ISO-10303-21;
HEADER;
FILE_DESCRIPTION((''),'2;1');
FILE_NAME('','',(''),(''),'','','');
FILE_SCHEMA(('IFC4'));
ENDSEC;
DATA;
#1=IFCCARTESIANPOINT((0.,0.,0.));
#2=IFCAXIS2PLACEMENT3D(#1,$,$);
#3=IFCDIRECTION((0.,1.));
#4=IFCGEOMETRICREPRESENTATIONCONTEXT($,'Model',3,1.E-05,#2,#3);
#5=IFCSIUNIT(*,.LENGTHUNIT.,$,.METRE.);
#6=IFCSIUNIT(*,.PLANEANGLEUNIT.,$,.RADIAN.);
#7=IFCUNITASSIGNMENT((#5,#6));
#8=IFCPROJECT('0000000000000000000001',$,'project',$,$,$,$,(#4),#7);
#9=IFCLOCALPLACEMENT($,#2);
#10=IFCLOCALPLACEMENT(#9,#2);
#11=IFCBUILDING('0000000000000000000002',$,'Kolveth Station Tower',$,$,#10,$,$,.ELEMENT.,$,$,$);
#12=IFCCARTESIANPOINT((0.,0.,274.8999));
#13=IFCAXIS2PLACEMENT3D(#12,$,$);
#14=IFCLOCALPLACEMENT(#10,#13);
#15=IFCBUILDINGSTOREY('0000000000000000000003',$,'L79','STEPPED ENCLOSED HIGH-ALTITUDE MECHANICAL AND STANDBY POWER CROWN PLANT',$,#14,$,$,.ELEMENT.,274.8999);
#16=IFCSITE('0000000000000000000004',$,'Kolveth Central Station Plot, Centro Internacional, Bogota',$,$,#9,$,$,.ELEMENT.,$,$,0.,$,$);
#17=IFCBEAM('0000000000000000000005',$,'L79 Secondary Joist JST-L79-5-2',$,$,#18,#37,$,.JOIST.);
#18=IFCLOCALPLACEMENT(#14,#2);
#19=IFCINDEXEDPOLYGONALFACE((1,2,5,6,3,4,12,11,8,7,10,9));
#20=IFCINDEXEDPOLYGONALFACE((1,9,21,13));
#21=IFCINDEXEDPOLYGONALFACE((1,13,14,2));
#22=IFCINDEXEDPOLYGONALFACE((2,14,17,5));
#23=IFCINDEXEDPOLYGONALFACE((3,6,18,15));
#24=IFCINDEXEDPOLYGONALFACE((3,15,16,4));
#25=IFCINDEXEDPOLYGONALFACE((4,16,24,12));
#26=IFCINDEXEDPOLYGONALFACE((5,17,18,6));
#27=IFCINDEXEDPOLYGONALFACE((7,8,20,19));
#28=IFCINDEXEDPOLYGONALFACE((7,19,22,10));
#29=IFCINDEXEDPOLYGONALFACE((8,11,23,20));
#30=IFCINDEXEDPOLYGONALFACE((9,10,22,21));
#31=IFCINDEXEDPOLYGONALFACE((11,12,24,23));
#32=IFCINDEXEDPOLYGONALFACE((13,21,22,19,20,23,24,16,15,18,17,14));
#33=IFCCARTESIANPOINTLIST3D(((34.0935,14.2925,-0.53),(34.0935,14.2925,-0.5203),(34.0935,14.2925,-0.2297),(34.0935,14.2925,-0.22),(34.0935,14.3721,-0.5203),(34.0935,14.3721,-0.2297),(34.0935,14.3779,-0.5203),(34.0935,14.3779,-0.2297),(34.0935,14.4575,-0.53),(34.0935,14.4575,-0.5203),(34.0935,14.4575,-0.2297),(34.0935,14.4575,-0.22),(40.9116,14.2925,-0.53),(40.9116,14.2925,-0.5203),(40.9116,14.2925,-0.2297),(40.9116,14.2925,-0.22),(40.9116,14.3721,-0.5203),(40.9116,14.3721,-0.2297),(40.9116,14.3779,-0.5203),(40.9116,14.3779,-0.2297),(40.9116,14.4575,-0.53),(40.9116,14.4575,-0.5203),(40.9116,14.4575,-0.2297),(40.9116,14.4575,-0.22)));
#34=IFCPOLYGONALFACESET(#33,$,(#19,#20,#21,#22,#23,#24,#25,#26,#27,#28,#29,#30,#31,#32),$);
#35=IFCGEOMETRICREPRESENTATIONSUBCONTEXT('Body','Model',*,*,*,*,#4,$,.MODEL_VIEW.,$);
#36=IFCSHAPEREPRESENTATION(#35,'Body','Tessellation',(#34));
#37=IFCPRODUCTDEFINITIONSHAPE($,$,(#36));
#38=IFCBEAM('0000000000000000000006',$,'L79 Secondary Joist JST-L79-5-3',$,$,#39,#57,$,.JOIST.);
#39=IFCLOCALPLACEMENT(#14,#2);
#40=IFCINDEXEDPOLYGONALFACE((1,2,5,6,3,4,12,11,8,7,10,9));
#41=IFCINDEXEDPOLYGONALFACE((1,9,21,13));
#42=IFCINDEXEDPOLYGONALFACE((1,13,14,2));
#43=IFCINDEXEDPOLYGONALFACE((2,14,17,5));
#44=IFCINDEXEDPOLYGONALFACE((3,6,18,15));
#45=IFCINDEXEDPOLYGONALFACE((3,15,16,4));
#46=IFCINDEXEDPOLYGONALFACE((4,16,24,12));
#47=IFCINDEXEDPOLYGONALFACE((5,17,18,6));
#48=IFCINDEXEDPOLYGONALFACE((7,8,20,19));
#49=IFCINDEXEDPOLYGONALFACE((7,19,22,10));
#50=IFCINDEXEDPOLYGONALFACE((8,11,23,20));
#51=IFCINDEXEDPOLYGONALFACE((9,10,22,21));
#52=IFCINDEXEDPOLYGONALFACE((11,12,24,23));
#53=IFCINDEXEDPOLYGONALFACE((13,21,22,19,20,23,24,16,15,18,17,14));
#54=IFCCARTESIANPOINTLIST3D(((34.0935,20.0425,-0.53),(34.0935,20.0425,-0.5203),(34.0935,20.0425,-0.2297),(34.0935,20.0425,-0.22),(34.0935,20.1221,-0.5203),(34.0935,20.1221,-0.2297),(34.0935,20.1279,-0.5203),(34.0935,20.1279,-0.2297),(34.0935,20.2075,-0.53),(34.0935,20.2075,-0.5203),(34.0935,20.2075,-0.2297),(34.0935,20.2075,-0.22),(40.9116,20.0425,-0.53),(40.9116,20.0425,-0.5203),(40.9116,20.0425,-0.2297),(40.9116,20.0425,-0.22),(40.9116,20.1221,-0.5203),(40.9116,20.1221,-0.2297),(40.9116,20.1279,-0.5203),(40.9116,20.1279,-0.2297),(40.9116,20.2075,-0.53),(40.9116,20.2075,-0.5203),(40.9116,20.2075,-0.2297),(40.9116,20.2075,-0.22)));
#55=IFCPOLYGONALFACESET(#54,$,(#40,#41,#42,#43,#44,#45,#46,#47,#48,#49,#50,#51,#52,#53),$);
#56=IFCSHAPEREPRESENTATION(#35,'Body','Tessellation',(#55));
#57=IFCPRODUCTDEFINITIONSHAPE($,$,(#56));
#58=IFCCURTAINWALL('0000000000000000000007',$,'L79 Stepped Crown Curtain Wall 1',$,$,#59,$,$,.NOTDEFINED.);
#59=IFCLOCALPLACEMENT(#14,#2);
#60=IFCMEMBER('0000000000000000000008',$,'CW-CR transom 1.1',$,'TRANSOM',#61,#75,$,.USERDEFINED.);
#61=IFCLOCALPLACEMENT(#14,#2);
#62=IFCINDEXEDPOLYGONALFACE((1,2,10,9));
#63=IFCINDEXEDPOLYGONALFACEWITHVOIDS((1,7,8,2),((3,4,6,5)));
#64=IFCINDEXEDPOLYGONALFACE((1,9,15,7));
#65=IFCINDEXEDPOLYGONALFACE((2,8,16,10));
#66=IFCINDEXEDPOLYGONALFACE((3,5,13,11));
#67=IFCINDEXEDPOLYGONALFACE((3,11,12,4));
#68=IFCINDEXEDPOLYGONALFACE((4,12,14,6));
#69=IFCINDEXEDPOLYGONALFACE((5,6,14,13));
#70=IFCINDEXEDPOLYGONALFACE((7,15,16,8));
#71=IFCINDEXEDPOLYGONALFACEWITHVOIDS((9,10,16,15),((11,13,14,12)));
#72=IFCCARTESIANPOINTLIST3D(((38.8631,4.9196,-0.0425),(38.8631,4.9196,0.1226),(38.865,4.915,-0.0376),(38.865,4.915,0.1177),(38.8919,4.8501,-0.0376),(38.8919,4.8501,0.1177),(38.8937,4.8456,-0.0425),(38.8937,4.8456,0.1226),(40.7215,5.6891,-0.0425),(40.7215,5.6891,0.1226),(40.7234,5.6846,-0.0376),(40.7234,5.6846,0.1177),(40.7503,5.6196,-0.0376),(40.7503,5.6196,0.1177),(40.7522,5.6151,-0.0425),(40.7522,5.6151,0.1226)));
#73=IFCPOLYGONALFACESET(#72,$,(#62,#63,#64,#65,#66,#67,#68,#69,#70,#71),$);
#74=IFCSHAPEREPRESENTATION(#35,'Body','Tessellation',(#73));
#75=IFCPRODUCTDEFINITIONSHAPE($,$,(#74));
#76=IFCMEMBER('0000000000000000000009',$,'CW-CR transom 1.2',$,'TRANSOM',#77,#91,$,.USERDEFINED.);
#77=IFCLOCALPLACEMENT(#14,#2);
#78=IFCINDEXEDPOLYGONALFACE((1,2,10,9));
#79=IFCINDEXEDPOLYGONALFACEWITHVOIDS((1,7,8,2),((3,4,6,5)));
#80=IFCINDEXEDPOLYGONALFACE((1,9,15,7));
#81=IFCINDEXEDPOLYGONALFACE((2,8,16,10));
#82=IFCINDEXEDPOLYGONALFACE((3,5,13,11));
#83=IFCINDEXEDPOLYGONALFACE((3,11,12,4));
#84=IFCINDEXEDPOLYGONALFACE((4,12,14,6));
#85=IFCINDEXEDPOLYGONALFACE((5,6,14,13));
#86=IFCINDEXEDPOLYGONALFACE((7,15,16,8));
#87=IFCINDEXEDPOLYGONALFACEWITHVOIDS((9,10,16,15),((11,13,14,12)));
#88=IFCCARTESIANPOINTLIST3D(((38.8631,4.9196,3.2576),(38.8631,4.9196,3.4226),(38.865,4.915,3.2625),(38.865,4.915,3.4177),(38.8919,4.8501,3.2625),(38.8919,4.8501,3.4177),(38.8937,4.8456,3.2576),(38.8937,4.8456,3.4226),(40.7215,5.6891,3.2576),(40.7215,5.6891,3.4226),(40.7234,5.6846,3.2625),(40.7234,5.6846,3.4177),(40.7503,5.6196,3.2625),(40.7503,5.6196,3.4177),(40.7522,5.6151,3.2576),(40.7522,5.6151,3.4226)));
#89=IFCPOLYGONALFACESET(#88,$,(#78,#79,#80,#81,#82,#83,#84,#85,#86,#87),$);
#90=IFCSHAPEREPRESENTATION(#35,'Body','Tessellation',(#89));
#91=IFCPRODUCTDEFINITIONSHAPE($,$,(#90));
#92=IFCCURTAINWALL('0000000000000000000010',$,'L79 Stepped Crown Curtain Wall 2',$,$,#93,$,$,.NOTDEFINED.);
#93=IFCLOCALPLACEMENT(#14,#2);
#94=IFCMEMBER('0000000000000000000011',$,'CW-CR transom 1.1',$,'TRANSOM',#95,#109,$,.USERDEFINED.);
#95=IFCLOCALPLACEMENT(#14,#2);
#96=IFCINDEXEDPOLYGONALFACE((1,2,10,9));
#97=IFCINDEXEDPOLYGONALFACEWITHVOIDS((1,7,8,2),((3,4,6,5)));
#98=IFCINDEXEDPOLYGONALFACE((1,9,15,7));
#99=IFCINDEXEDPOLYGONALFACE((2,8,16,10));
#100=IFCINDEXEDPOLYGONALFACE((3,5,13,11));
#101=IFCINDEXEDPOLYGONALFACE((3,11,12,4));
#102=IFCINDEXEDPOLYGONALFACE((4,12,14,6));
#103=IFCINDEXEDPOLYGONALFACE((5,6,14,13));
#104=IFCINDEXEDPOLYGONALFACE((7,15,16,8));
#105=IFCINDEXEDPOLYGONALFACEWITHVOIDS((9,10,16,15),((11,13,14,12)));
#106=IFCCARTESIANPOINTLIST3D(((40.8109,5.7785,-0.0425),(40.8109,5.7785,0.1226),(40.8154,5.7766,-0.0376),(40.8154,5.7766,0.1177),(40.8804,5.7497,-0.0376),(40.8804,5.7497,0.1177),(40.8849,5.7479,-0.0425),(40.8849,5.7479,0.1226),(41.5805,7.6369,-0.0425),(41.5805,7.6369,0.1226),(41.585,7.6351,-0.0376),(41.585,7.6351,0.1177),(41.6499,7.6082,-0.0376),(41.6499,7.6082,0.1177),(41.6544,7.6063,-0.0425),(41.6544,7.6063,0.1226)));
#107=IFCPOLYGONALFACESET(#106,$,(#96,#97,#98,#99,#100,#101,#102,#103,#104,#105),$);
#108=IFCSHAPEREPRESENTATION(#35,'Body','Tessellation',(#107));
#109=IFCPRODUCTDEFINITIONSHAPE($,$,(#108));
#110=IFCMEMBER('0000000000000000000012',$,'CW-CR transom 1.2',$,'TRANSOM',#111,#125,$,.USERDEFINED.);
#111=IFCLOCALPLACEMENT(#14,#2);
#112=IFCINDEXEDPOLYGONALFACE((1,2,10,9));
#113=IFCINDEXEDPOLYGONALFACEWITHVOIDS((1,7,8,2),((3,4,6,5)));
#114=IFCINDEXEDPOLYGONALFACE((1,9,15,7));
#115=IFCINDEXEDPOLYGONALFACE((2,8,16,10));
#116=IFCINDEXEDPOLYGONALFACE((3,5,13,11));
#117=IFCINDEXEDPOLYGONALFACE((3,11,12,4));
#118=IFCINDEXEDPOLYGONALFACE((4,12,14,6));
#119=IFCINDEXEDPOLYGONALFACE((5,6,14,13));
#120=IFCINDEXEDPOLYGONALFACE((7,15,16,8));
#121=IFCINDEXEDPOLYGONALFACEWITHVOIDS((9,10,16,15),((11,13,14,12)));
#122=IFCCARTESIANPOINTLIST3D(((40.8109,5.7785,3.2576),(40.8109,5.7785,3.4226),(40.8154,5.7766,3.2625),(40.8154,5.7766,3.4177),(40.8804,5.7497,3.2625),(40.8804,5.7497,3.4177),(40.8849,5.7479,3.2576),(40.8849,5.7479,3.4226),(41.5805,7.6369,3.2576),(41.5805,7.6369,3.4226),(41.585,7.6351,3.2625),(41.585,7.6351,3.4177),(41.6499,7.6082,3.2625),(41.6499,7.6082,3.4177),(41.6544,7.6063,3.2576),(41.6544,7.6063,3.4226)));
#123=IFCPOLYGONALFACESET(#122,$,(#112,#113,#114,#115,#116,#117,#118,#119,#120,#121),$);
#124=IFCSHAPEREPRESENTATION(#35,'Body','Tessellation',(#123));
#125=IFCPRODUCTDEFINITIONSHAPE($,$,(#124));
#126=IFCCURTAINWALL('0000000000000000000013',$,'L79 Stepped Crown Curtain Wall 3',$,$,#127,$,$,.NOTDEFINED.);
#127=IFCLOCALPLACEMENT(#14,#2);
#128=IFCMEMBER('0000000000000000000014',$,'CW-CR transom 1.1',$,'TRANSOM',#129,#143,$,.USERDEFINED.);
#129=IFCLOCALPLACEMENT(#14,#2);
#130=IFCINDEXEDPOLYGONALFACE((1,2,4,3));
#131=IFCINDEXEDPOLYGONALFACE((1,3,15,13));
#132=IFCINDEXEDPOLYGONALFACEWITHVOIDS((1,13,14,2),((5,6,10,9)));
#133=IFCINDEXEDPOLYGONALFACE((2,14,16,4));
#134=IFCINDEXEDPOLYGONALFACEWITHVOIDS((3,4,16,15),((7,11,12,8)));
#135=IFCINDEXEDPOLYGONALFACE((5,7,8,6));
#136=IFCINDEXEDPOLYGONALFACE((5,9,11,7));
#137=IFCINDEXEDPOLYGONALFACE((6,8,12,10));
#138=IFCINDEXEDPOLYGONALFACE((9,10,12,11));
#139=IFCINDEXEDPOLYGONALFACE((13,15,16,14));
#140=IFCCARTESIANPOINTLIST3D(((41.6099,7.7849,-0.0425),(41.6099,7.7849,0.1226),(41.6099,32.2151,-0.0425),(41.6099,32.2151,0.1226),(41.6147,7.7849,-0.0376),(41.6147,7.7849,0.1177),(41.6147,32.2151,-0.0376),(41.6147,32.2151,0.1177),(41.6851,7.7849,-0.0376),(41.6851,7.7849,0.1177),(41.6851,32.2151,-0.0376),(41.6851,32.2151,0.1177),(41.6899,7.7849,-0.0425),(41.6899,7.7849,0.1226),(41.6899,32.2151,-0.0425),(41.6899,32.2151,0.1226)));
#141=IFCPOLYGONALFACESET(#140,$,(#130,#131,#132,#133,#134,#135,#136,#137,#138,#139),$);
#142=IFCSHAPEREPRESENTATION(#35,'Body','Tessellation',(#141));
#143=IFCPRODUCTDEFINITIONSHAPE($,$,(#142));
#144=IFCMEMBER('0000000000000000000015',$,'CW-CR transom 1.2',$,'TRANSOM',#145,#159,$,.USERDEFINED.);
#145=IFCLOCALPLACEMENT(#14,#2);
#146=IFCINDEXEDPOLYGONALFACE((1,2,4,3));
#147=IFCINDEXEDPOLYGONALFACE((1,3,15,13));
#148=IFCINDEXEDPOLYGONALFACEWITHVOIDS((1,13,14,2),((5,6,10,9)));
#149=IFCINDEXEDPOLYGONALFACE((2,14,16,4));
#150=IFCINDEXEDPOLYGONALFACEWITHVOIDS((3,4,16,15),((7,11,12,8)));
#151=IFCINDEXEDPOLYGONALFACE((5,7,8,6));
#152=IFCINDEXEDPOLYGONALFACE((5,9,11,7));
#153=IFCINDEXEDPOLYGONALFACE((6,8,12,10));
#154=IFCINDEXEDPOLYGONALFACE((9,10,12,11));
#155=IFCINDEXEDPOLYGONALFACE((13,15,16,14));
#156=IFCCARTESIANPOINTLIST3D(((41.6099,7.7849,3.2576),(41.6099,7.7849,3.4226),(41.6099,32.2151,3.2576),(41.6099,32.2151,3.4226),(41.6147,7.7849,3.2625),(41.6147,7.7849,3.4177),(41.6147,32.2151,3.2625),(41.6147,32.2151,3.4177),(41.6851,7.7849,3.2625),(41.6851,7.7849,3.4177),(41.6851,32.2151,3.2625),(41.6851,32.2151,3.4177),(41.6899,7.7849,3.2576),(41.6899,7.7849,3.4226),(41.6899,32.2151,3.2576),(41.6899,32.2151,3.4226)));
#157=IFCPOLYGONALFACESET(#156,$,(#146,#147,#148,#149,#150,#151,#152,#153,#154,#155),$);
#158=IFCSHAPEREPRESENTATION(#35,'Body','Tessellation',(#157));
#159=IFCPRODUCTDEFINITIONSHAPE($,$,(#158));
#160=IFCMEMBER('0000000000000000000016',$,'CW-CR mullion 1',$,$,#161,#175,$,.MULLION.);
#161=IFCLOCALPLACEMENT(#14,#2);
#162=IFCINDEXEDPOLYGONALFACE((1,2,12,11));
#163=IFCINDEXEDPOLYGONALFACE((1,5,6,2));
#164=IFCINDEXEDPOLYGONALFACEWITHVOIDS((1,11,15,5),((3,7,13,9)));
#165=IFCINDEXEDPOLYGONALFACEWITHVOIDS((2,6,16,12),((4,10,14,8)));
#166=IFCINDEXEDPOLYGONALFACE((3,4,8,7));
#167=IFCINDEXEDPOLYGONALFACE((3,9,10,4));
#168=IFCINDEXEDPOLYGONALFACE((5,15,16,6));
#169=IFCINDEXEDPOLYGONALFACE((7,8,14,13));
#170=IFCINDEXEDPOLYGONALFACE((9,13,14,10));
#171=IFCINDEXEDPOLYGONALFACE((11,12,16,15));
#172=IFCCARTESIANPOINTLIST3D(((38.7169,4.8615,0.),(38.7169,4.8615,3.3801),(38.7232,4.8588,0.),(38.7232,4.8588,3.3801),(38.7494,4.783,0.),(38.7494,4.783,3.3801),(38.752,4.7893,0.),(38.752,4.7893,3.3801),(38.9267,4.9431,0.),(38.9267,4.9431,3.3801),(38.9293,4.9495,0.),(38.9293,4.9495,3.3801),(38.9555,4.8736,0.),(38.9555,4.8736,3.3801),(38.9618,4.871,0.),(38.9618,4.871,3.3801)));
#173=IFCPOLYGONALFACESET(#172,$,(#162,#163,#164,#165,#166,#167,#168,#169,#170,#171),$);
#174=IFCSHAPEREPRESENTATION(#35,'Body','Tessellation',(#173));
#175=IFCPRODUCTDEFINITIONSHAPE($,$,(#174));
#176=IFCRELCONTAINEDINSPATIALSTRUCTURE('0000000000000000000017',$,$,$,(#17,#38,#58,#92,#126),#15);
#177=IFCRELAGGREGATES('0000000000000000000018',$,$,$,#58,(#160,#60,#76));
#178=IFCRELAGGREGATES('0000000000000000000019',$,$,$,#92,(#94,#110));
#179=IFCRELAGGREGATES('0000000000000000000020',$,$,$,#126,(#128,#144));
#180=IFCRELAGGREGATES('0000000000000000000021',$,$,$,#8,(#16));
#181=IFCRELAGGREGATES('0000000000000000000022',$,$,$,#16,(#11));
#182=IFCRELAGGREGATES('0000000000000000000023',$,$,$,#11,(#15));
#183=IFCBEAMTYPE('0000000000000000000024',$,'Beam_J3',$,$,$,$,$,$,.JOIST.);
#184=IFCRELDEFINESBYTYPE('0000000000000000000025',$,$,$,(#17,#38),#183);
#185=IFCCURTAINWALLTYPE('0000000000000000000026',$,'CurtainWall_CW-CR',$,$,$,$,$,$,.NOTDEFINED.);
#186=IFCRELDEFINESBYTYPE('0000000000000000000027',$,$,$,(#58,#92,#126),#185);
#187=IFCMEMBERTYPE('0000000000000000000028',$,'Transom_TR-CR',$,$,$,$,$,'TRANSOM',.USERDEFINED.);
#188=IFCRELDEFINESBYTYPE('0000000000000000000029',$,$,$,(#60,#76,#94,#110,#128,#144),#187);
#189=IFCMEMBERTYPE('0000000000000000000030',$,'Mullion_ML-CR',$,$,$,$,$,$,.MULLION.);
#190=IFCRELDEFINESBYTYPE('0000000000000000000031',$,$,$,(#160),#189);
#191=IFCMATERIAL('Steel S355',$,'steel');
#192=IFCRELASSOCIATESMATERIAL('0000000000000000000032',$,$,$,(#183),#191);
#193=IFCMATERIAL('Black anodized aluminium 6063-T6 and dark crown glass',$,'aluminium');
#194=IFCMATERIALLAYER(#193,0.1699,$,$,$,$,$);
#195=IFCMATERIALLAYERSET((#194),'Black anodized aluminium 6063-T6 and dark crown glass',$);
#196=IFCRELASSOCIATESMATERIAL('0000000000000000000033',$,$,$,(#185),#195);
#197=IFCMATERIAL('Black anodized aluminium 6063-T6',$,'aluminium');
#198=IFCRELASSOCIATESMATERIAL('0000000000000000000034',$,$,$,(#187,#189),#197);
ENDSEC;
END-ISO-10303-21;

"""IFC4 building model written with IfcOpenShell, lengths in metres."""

from ifc_helpers import new_model, si_unit, direction, frame, origin, origin_2d, place, context, subcontext, project, spatial, hollow_rectangle, i_section, extrude, source, transform, mapped, material, layer, layer_set, material_profile, profile_set, type_object, element, aggregate, save


model = new_model("IFC4")

# Units and contexts
model_context = context("Model", 3, precision=1e-05, world=origin(), true_north=direction((0.0, 1.0)))
body_context = subcontext(model_context, "Body", "Model", "MODEL_VIEW")
ifc_project = project(units=[si_unit("LENGTHUNIT", "METRE"), si_unit("PLANEANGLEUNIT", "RADIAN")], contexts=[model_context])

# Site, building, storey
site_placement = place(None, origin())
site = spatial("IfcSite", under=ifc_project, at=site_placement, Name="Kolveth Central Station Plot, Centro Internacional, Bogota", CompositionType="ELEMENT", RefElevation=0.0)
building_placement = place(site_placement, origin())
building = spatial("IfcBuilding", under=site, at=building_placement, Name="Kolveth Station Tower", CompositionType="ELEMENT")
storey_placement = place(building_placement, frame((0.0, 0.0, 274.8999)))
storey = spatial("IfcBuildingStorey", under=building, at=storey_placement, Name="L79", Description="STEPPED ENCLOSED HIGH-ALTITUDE MECHANICAL AND STANDBY POWER CROWN PLANT", CompositionType="ELEMENT", Elevation=274.8999)

# Shared definitions
ifc_material_1 = material(Name="Steel S355", Category="steel")

# Beams
ifc_material_profile_1 = material_profile(ifc_material_1, i_section(OverallWidth=0.165, OverallDepth=0.3101, WebThickness=0.0059, FlangeThickness=0.0098, at=origin_2d()), Name="W310x39")
ifc_profile_set_1 = profile_set([ifc_material_profile_1], Name="Steel S355")
beam_type_1 = type_object("IfcBeamType", Name="Beam_J3", PredefinedType="JOIST", material=ifc_profile_set_1)
shared_shape_1 = source(origin(), body_context, "Body", "SweptSolid", [
    extrude(i_section(OverallWidth=0.165, OverallDepth=0.3101, WebThickness=0.0059, FlangeThickness=0.0098, at=origin_2d()), origin(), (0.0, 0.0, 1.0), 6.8181),
])
for number, where, z_axis, x_axis, name in (
    (1, (34.0935, 14.375, -0.375), (1.0, 0.0, 0.0), (0.0, 1.0, 0.0), "L79 Secondary Joist JST-L79-5-2"),
    (2, (34.0935, 20.125, -0.375), (1.0, 0.0, 0.0), (0.0, 1.0, 0.0), "L79 Secondary Joist JST-L79-5-3"),
):
    element("IfcBeam", number, at=place(storey_placement, frame(where, z_axis=z_axis, x_axis=x_axis)), inside=storey, type_object=beam_type_1, Name=name, PredefinedType="JOIST", context=body_context, shape_type="MappedRepresentation", body=[
        mapped(shared_shape_1, transform((0.0, 0.0, 0.0), x_axis=(1.0, 0.0, 0.0), y_axis=(0.0, 1.0, 0.0), z_axis=(0.0, 0.0, 1.0), scale=1.0)),
    ])

# Curtain walls, members
ifc_material_2 = material(Name="Black anodized aluminium 6063-T6 and dark crown glass", Category="aluminium")
ifc_layer_1 = layer(ifc_material_2, 0.1699)
ifc_layer_set_1 = layer_set([ifc_layer_1], Name="Black anodized aluminium 6063-T6 and dark crown glass")
curtain_wall_type = type_object("IfcCurtainWallType", Name="CurtainWall_CW-CR", PredefinedType="NOTDEFINED", material=ifc_layer_set_1)
curtain_wall_1_placement = place(storey_placement, origin())
curtain_wall_1 = element("IfcCurtainWall", 3, at=curtain_wall_1_placement, inside=storey, type_object=curtain_wall_type, Name="L79 Stepped Crown Curtain Wall 1", PredefinedType="NOTDEFINED")
ifc_material_3 = material(Name="Black anodized aluminium 6063-T6", Category="aluminium")
ifc_material_profile_2 = material_profile(ifc_material_3, hollow_rectangle(XDim=0.0801, YDim=0.165, WallThickness=0.0049, at=origin_2d()), Name="ALU-80x165x5")
ifc_profile_set_2 = profile_set([ifc_material_profile_2], Name="Black anodized aluminium 6063-T6")
member_type_1 = type_object("IfcMemberType", Name="Transom_TR-CR", ElementType="TRANSOM", PredefinedType="USERDEFINED", material=ifc_profile_set_2)
shared_shape_2 = source(origin(), body_context, "Body", "SweptSolid", [
    extrude(hollow_rectangle(XDim=0.0801, YDim=0.165, WallThickness=0.0049, at=origin_2d()), origin(), (0.0, 0.0, 1.0), 2.0115),
])
member_1_placement = place(storey_placement, frame((38.8784, 4.8826, 0.04), z_axis=(0.923922, 0.38258, 0.0), x_axis=(-0.38258, 0.923922, 0.0)))
member_1 = element("IfcMember", 4, at=member_1_placement, type_object=member_type_1, Name="CW-CR transom 1.1", ObjectType="TRANSOM", PredefinedType="USERDEFINED", context=body_context, shape_type="MappedRepresentation", body=[
    mapped(shared_shape_2, transform((0.0, 0.0, 0.0), x_axis=(1.0, 0.0, 0.0), y_axis=(0.0, 1.0, 0.0), z_axis=(0.0, 0.0, 1.0), scale=1.0)),
])
member_2_placement = place(storey_placement, frame((38.8784, 4.8826, 3.3401), z_axis=(0.923922, 0.38258, 0.0), x_axis=(-0.38258, 0.923922, 0.0)))
member_2 = element("IfcMember", 5, at=member_2_placement, type_object=member_type_1, Name="CW-CR transom 1.2", ObjectType="TRANSOM", PredefinedType="USERDEFINED", context=body_context, shape_type="MappedRepresentation", body=[
    mapped(shared_shape_2, transform((0.0, 0.0, 0.0), x_axis=(1.0, 0.0, 0.0), y_axis=(0.0, 1.0, 0.0), z_axis=(0.0, 0.0, 1.0), scale=1.0)),
])
curtain_wall_2_placement = place(storey_placement, origin())
curtain_wall_2 = element("IfcCurtainWall", 6, at=curtain_wall_2_placement, inside=storey, type_object=curtain_wall_type, Name="L79 Stepped Crown Curtain Wall 2", PredefinedType="NOTDEFINED")
member_3_placement = place(storey_placement, frame((40.8479, 5.7632, 0.04), z_axis=(0.38258, 0.923922, 0.0), x_axis=(-0.923922, 0.38258, 0.0)))
member_3 = element("IfcMember", 7, at=member_3_placement, type_object=member_type_1, Name="CW-CR transom 1.1", ObjectType="TRANSOM", PredefinedType="USERDEFINED", context=body_context, shape_type="MappedRepresentation", body=[
    mapped(shared_shape_2, transform((0.0, 0.0, 0.0), x_axis=(1.0, 0.0, 0.0), y_axis=(0.0, 1.0, 0.0), z_axis=(0.0, 0.0, 1.0), scale=1.0)),
])
member_4_placement = place(storey_placement, frame((40.8479, 5.7632, 3.3401), z_axis=(0.38258, 0.923922, 0.0), x_axis=(-0.923922, 0.38258, 0.0)))
member_4 = element("IfcMember", 8, at=member_4_placement, type_object=member_type_1, Name="CW-CR transom 1.2", ObjectType="TRANSOM", PredefinedType="USERDEFINED", context=body_context, shape_type="MappedRepresentation", body=[
    mapped(shared_shape_2, transform((0.0, 0.0, 0.0), x_axis=(1.0, 0.0, 0.0), y_axis=(0.0, 1.0, 0.0), z_axis=(0.0, 0.0, 1.0), scale=1.0)),
])
curtain_wall_3_placement = place(storey_placement, origin())
curtain_wall_3 = element("IfcCurtainWall", 9, at=curtain_wall_3_placement, inside=storey, type_object=curtain_wall_type, Name="L79 Stepped Crown Curtain Wall 3", PredefinedType="NOTDEFINED")
shared_shape_3 = source(origin(), body_context, "Body", "SweptSolid", [
    extrude(hollow_rectangle(XDim=0.0801, YDim=0.165, WallThickness=0.0049, at=origin_2d()), origin(), (0.0, 0.0, 1.0), 24.4302),
])
member_5_placement = place(storey_placement, frame((41.6499, 7.7849, 0.04), z_axis=(0.0, 1.0, 0.0), x_axis=(-1.0, 0.0, 0.0)))
member_5 = element("IfcMember", 10, at=member_5_placement, type_object=member_type_1, Name="CW-CR transom 1.1", ObjectType="TRANSOM", PredefinedType="USERDEFINED", context=body_context, shape_type="MappedRepresentation", body=[
    mapped(shared_shape_3, transform((0.0, 0.0, 0.0), x_axis=(1.0, 0.0, 0.0), y_axis=(0.0, 1.0, 0.0), z_axis=(0.0, 0.0, 1.0), scale=1.0)),
])
member_6_placement = place(storey_placement, frame((41.6499, 7.7849, 3.3401), z_axis=(0.0, 1.0, 0.0), x_axis=(-1.0, 0.0, 0.0)))
member_6 = element("IfcMember", 11, at=member_6_placement, type_object=member_type_1, Name="CW-CR transom 1.2", ObjectType="TRANSOM", PredefinedType="USERDEFINED", context=body_context, shape_type="MappedRepresentation", body=[
    mapped(shared_shape_3, transform((0.0, 0.0, 0.0), x_axis=(1.0, 0.0, 0.0), y_axis=(0.0, 1.0, 0.0), z_axis=(0.0, 0.0, 1.0), scale=1.0)),
])

# Member
ifc_material_profile_3 = material_profile(ifc_material_3, hollow_rectangle(XDim=0.085, YDim=0.23, WallThickness=0.0049, at=origin_2d()), Name="ALU-85x230x5")
ifc_profile_set_3 = profile_set([ifc_material_profile_3], Name="Black anodized aluminium 6063-T6")
member_type_2 = type_object("IfcMemberType", Name="Mullion_ML-CR", PredefinedType="MULLION", material=ifc_profile_set_3)
shared_shape_4 = source(origin(), body_context, "Body", "SweptSolid", [
    extrude(hollow_rectangle(XDim=0.085, YDim=0.23, WallThickness=0.0049, at=origin_2d()), origin(), (0.0, 0.0, 1.0), 3.3801),
])
member_7_placement = place(storey_placement, frame((38.8394, 4.8662, 0.0), z_axis=(0.0, 0.0, 1.0), x_axis=(-0.382658, 0.92389, 0.0)))
member_7 = element("IfcMember", 12, at=member_7_placement, type_object=member_type_2, Name="CW-CR mullion 1", PredefinedType="MULLION", context=body_context, shape_type="MappedRepresentation", body=[
    mapped(shared_shape_4, transform((0.0, 0.0, 0.0), x_axis=(1.0, 0.0, 0.0), y_axis=(0.0, 1.0, 0.0), z_axis=(0.0, 0.0, 1.0), scale=1.0)),
])

aggregate(curtain_wall_1, [member_7, member_1, member_2])
aggregate(curtain_wall_2, [member_3, member_4])
aggregate(curtain_wall_3, [member_5, member_6])

save(model, "model.ifc")
